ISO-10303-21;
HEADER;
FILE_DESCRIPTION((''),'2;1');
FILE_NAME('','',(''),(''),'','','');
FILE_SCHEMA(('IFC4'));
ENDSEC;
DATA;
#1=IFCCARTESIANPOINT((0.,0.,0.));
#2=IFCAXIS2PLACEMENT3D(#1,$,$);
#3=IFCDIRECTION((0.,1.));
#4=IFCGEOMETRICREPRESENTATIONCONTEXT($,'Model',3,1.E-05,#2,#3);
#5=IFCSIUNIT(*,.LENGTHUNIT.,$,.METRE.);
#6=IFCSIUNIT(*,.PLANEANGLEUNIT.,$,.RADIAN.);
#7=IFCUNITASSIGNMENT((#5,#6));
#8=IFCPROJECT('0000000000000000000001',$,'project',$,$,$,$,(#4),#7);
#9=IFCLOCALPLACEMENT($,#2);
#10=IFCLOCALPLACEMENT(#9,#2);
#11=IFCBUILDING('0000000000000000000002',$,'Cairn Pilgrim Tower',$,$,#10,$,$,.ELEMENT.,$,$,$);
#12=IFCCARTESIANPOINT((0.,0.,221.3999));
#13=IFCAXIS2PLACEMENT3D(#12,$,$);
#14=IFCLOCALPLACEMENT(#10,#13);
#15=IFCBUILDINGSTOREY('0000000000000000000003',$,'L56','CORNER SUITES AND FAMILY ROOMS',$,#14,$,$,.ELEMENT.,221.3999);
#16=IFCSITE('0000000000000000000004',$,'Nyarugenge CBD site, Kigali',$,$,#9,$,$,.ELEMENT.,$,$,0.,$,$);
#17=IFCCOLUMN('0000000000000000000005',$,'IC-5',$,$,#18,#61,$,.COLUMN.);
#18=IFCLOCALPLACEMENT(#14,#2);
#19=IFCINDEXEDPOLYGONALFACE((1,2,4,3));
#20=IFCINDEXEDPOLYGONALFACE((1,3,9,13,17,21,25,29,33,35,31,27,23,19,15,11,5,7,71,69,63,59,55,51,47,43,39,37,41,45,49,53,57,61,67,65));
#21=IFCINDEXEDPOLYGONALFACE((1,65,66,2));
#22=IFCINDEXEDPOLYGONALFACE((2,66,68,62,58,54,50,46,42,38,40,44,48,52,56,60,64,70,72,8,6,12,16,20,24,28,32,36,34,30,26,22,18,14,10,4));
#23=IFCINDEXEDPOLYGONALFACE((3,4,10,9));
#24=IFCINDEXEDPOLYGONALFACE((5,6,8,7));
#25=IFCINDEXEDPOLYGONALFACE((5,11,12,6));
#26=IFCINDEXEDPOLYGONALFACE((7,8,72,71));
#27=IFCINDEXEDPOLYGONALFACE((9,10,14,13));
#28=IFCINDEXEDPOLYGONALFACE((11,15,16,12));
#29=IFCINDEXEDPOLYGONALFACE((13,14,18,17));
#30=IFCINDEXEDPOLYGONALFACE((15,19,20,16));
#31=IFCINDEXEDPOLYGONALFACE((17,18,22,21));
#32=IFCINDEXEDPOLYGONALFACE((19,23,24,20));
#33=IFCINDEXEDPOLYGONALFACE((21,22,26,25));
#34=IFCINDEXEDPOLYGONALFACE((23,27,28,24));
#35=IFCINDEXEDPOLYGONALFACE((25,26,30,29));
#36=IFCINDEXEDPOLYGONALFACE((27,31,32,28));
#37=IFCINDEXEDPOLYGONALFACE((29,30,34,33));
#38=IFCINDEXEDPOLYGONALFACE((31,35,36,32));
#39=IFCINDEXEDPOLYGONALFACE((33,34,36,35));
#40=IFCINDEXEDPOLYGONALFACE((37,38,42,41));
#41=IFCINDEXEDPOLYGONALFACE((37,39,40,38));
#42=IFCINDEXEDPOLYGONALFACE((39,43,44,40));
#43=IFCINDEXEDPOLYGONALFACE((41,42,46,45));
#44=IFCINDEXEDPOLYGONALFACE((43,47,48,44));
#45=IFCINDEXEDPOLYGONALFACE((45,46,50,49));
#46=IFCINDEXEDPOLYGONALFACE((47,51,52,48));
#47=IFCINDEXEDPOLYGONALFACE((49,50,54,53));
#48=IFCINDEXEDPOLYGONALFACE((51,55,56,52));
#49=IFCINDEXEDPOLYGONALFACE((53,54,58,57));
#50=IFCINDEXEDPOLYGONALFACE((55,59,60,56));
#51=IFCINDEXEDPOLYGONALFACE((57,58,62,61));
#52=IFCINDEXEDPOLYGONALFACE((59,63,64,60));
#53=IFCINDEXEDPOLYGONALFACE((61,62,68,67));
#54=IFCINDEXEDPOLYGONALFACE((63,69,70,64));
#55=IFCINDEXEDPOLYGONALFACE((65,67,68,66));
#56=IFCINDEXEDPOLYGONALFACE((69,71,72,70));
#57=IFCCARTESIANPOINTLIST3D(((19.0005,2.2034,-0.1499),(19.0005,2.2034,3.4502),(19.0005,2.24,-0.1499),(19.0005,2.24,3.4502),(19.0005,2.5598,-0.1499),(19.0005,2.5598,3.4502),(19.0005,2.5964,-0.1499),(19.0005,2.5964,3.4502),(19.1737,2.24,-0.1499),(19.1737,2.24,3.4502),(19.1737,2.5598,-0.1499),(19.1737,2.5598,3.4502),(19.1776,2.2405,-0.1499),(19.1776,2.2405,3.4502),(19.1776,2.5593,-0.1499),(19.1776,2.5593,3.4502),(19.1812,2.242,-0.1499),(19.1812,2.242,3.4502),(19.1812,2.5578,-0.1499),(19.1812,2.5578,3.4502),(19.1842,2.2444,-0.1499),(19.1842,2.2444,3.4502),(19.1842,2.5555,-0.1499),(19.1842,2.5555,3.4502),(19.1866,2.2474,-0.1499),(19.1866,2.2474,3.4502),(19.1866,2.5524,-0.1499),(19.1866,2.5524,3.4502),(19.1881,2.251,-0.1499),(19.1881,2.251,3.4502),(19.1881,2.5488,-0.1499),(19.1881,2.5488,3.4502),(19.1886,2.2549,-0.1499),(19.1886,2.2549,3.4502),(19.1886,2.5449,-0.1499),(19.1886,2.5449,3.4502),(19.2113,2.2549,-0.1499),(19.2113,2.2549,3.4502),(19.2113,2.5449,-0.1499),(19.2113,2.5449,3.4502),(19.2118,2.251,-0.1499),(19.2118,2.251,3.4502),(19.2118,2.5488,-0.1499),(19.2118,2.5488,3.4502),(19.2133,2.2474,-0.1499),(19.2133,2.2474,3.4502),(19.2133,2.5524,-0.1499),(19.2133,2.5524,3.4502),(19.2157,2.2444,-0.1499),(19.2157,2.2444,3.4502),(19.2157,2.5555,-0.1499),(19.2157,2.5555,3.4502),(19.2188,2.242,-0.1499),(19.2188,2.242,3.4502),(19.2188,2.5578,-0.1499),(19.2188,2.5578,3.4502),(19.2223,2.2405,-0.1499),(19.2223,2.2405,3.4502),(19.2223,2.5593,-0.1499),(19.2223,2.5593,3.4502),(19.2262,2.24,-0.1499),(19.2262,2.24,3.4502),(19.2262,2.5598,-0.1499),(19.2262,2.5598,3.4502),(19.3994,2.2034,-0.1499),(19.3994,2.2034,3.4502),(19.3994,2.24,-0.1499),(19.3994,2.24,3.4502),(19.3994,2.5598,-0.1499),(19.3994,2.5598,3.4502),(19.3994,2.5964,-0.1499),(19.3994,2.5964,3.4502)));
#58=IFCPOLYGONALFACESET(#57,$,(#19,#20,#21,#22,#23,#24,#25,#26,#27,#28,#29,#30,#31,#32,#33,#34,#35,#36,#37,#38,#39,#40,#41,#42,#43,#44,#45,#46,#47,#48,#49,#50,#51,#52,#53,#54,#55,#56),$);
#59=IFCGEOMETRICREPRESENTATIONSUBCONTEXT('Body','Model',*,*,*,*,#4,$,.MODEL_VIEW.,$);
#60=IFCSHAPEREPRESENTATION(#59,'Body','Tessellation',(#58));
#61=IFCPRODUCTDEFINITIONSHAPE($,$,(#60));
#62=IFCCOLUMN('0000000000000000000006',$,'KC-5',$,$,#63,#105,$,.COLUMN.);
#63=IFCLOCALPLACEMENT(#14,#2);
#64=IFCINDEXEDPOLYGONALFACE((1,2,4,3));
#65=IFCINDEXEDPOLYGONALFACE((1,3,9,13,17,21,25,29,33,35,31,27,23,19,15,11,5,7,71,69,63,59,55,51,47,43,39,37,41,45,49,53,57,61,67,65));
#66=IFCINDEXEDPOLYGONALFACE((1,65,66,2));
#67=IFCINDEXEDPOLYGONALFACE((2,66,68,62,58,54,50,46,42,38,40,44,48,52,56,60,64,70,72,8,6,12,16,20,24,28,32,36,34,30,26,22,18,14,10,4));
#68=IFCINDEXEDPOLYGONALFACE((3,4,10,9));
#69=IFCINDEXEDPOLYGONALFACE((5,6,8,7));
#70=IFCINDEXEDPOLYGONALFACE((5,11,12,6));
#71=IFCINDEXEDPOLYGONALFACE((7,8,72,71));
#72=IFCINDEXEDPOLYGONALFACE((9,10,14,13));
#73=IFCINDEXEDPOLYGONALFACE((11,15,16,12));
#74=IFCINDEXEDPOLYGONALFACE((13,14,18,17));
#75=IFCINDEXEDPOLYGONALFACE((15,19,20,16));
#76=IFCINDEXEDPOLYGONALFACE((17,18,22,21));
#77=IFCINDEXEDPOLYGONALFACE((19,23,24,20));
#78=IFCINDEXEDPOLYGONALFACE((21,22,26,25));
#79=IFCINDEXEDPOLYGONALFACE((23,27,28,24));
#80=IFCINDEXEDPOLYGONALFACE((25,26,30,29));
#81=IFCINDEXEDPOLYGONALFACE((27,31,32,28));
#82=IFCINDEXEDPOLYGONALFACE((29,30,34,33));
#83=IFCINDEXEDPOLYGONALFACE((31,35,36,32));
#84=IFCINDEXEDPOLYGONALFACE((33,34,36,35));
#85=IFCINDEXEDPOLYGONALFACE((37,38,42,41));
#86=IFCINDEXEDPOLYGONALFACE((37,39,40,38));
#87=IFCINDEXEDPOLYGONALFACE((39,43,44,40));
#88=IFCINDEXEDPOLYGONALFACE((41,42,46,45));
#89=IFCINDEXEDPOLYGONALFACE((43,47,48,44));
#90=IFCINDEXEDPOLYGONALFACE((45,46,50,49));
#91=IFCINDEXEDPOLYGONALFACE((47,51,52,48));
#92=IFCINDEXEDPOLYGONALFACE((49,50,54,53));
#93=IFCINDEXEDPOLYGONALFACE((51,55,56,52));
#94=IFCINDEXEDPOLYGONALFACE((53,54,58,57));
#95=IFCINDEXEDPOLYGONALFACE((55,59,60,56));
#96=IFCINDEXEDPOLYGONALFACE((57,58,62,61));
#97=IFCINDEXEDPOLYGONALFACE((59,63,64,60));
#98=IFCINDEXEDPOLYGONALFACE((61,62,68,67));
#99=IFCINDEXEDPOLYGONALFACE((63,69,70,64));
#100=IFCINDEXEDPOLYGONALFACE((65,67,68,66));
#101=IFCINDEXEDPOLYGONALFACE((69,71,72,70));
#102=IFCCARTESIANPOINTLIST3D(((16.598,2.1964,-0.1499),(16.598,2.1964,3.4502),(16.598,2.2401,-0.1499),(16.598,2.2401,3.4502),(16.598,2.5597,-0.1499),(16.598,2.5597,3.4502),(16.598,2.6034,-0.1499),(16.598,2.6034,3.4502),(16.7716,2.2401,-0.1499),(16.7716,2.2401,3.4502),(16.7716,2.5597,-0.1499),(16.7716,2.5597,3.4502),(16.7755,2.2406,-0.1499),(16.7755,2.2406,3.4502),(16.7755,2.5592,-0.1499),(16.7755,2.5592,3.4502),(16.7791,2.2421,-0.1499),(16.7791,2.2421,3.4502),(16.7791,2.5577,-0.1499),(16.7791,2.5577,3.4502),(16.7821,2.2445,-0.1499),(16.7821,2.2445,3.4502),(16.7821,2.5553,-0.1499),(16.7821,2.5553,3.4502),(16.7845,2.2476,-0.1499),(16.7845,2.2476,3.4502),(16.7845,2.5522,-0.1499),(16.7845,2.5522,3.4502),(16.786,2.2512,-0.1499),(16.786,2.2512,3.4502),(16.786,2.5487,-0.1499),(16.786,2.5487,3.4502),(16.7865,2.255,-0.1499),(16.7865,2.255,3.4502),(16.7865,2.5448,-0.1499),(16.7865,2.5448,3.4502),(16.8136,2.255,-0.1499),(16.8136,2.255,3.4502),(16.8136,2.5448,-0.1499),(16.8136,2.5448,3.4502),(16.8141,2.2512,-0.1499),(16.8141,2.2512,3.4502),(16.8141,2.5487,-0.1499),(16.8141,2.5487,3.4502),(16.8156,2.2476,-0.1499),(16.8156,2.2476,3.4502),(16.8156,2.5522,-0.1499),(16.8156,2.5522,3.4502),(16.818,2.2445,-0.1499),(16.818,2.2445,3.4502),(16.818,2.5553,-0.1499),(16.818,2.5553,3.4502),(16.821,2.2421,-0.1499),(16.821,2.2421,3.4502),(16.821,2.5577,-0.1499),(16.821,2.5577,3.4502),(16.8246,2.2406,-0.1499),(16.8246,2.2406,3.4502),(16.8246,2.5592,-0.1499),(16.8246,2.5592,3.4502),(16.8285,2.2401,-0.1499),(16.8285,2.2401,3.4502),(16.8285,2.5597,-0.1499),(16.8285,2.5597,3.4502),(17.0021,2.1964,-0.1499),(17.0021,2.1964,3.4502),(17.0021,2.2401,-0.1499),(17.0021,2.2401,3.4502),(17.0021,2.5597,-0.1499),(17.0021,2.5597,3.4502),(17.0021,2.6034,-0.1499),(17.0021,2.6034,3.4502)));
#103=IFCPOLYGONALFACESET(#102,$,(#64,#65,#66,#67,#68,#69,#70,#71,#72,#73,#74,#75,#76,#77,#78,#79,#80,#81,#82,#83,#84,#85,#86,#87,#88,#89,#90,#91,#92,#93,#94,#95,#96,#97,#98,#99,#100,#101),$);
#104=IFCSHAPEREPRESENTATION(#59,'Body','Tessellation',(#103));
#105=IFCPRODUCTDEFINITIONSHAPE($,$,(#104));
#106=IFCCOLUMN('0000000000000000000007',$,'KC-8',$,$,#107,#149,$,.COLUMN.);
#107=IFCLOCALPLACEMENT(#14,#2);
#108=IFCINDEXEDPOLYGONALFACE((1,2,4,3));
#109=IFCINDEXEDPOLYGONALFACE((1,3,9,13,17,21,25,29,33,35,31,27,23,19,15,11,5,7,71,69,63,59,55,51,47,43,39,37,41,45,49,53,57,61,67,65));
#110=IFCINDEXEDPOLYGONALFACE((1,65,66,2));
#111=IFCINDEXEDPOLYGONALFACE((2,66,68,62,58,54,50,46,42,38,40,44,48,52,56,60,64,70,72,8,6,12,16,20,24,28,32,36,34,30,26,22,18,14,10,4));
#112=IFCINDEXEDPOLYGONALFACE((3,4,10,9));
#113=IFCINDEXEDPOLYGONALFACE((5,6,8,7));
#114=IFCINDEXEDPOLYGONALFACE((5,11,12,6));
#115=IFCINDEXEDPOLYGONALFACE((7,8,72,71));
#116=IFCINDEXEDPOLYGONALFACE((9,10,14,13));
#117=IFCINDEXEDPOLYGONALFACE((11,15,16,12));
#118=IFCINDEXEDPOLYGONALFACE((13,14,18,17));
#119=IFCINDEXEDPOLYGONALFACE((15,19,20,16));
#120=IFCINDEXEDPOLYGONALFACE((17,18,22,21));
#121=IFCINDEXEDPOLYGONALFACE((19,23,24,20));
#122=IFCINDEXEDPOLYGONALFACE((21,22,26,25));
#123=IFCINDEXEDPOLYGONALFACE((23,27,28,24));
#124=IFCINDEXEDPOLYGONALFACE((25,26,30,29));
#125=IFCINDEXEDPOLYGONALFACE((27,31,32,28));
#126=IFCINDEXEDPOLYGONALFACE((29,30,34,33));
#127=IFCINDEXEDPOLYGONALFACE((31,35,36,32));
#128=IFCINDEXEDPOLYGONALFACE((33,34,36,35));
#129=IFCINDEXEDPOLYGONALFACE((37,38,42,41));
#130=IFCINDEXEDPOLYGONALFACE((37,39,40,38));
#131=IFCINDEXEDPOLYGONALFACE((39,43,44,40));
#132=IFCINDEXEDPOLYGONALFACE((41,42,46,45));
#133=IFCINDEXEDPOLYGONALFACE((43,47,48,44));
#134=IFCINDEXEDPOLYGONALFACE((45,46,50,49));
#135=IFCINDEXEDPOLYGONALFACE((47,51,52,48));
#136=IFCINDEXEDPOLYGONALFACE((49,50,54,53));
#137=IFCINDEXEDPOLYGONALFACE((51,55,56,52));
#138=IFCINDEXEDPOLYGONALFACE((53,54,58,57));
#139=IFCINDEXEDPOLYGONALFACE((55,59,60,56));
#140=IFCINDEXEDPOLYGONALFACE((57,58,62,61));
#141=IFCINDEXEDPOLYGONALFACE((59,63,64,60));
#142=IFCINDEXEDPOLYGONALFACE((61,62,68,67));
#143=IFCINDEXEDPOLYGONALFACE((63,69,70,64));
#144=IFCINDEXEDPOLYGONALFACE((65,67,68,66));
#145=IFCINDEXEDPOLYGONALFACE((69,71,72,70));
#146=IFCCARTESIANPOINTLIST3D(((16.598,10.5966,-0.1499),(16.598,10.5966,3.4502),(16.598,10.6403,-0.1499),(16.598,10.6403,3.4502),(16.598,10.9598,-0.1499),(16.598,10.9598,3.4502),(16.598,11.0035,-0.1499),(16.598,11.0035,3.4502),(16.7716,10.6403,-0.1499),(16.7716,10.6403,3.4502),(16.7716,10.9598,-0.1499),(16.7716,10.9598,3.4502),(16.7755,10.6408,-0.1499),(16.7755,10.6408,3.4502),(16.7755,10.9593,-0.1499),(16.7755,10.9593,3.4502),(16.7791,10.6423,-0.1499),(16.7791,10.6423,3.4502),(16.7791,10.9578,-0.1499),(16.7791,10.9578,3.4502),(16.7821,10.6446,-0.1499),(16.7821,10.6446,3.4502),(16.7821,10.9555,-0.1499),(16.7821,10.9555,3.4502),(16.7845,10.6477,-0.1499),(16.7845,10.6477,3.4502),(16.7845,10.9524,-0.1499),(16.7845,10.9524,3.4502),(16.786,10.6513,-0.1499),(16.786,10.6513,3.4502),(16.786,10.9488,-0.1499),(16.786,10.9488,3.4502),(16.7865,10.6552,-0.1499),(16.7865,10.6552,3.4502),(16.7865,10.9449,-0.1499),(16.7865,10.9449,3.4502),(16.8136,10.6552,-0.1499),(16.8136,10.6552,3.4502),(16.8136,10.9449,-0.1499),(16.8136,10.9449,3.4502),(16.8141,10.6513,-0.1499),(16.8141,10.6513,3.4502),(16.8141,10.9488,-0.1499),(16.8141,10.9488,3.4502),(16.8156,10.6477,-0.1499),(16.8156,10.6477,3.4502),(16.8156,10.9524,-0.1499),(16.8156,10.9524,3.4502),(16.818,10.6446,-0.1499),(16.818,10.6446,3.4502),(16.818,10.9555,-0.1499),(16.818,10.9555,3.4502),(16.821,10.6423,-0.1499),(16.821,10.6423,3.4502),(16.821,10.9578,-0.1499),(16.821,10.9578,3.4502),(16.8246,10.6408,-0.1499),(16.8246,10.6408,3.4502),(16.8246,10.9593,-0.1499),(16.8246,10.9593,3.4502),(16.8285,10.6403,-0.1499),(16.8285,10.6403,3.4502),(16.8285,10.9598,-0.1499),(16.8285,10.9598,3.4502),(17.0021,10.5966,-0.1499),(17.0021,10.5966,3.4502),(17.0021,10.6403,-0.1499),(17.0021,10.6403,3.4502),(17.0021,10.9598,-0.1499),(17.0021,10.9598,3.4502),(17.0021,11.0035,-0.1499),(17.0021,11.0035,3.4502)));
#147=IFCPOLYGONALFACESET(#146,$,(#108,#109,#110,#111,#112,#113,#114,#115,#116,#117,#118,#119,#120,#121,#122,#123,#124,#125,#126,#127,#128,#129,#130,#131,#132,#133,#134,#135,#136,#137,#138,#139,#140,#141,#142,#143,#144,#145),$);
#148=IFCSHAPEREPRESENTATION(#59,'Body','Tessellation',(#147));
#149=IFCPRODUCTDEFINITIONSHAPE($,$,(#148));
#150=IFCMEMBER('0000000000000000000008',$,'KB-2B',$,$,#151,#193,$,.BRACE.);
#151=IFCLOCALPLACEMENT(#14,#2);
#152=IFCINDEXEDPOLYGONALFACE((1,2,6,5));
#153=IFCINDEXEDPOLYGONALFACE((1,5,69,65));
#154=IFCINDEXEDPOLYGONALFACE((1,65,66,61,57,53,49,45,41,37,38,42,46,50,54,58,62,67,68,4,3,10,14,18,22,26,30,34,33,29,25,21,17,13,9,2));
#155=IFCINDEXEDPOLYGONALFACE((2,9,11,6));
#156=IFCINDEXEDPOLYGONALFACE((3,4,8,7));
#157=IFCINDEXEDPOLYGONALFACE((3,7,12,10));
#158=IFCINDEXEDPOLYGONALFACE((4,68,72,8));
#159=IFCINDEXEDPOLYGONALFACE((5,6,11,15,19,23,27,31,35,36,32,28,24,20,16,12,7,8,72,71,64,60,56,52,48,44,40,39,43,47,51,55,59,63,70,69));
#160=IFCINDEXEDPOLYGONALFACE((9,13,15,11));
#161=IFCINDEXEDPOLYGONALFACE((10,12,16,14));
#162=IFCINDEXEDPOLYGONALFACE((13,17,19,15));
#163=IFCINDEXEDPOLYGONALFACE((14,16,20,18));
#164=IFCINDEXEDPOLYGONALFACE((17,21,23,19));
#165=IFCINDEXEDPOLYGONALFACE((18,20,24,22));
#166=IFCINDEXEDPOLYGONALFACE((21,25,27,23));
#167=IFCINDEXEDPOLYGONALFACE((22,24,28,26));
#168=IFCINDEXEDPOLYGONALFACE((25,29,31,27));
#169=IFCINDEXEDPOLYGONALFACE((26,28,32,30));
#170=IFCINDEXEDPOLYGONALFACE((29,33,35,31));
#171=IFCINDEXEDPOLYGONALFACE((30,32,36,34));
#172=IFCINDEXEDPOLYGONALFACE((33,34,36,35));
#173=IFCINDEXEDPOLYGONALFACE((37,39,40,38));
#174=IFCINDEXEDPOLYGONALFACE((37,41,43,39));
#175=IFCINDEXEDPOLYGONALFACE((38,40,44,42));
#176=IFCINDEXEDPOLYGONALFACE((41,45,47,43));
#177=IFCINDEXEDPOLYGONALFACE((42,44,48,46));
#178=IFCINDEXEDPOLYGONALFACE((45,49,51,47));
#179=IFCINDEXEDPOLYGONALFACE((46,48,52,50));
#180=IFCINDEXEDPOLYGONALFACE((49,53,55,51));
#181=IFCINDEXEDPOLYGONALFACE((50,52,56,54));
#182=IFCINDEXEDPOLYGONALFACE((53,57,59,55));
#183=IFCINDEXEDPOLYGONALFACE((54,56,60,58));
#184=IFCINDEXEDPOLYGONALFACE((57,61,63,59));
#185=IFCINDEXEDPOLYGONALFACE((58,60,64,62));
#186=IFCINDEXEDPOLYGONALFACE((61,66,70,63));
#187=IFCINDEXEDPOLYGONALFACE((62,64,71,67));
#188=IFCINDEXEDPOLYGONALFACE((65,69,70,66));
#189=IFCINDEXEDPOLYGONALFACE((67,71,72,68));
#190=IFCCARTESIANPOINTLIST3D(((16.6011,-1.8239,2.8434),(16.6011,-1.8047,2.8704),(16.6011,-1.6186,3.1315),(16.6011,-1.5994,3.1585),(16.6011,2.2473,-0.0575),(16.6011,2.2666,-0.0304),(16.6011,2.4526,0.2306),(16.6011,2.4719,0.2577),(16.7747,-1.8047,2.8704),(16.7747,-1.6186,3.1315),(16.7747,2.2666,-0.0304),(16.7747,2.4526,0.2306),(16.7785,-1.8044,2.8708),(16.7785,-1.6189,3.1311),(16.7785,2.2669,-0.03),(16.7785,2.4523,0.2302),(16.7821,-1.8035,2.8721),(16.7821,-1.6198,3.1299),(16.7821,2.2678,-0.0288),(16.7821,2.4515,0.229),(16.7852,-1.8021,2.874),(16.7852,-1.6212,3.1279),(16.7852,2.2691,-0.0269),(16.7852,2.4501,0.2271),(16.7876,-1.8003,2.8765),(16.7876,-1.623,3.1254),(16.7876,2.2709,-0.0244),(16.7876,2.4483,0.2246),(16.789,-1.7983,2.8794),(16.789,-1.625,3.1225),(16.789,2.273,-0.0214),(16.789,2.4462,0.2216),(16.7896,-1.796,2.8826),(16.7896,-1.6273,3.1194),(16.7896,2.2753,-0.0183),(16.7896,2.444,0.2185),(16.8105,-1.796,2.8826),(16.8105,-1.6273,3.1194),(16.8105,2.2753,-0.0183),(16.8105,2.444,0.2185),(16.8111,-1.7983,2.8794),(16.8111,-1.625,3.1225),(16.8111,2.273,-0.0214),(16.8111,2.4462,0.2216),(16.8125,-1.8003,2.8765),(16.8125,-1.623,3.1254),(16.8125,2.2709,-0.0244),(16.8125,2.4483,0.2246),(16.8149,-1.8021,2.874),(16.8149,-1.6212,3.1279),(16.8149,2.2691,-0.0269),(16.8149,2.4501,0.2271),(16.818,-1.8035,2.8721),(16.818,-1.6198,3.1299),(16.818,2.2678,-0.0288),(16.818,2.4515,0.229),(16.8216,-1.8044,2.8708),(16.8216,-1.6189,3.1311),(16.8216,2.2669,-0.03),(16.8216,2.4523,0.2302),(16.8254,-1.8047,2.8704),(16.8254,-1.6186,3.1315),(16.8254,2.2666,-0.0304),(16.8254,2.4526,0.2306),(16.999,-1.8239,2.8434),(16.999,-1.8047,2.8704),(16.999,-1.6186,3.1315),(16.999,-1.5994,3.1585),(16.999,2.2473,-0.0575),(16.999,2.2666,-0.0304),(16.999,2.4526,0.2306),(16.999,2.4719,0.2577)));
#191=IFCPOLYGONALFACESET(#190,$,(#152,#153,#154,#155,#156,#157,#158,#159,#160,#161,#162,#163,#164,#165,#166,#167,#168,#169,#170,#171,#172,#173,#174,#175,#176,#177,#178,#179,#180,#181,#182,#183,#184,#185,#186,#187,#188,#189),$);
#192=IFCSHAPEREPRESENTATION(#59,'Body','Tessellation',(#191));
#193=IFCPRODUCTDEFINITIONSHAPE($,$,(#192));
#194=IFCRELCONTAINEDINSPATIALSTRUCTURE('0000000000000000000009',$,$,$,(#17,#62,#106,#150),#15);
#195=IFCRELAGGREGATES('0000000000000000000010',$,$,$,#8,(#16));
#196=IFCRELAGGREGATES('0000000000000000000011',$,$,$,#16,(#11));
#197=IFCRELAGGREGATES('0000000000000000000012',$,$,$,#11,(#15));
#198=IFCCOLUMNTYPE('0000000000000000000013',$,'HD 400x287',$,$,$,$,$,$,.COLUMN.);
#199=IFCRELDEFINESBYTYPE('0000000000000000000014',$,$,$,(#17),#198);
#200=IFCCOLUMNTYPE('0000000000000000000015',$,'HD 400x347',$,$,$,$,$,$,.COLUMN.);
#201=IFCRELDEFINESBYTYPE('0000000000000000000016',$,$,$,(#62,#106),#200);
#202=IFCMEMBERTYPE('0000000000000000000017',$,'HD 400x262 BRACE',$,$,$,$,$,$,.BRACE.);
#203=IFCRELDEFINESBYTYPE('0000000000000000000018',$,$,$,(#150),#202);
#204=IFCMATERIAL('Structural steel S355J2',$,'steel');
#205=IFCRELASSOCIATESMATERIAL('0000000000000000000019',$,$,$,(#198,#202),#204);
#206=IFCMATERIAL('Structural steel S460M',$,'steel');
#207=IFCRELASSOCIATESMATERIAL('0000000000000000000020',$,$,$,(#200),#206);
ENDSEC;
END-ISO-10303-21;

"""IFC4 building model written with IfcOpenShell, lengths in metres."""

from ifc_helpers import new_model, si_unit, direction, frame, origin, origin_2d, place, context, subcontext, project, spatial, i_section, extrude, material, material_profile, profile_set, type_object, element, save


model = new_model("IFC4")

# Units and contexts
model_context = context("Model", 3, precision=1e-05, world=origin(), true_north=direction((0.0, 1.0)))
body_context = subcontext(model_context, "Body", "Model", "MODEL_VIEW")
ifc_project = project(units=[si_unit("LENGTHUNIT", "METRE"), si_unit("PLANEANGLEUNIT", "RADIAN")], contexts=[model_context])

# Site, building, storey
site_placement = place(None, origin())
site = spatial("IfcSite", under=ifc_project, at=site_placement, Name="Nyarugenge CBD site, Kigali", CompositionType="ELEMENT", RefElevation=0.0)
building_placement = place(site_placement, origin())
building = spatial("IfcBuilding", under=site, at=building_placement, Name="Cairn Pilgrim Tower", CompositionType="ELEMENT")
storey_placement = place(building_placement, frame((0.0, 0.0, 221.3999)))
storey = spatial("IfcBuildingStorey", under=building, at=storey_placement, Name="L56", Description="CORNER SUITES AND FAMILY ROOMS", CompositionType="ELEMENT", Elevation=221.3999)

# Columns
ifc_material_1 = material(Name="Structural steel S355J2", Category="steel")
ifc_material_profile_1 = material_profile(ifc_material_1, i_section(OverallWidth=0.3989, OverallDepth=0.3931, WebThickness=0.0227, FlangeThickness=0.0366, FilletRadius=0.0149, at=origin_2d()), Name="HD 400x287")
ifc_profile_set_1 = profile_set([ifc_material_profile_1], Name="Structural steel S355J2")
column_type_1 = type_object("IfcColumnType", Name="HD 400x287", PredefinedType="COLUMN", material=ifc_profile_set_1)
column_placement = place(storey_placement, frame((19.2, 2.3999, -0.1499), z_axis=(0.0, 0.0, 1.0), x_axis=(1.0, 0.0, 0.0)))
element("IfcColumn", 1, at=column_placement, inside=storey, type_object=column_type_1, Name="IC-5", PredefinedType="COLUMN", context=body_context, shape_type="SweptSolid", body=[
    extrude(i_section(OverallWidth=0.3989, OverallDepth=0.3931, WebThickness=0.0227, FlangeThickness=0.0366, FilletRadius=0.0149, at=origin_2d()), origin(), (0.0, 0.0, 1.0), 3.6001),
])
ifc_material_2 = material(Name="Structural steel S460M", Category="steel")
ifc_material_profile_2 = material_profile(ifc_material_2, i_section(OverallWidth=0.4041, OverallDepth=0.407, WebThickness=0.0271, FlangeThickness=0.0437, FilletRadius=0.0149, at=origin_2d()), Name="HD 400x347")
ifc_profile_set_2 = profile_set([ifc_material_profile_2], Name="Structural steel S460M")
column_type_2 = type_object("IfcColumnType", Name="HD 400x347", PredefinedType="COLUMN", material=ifc_profile_set_2)
for number, where, z_axis, x_axis, name in (
    (2, (16.8, 2.3999, -0.1499), (0.0, 0.0, 1.0), (1.0, 0.0, 0.0), "KC-5"),
    (3, (16.8, 10.8, -0.1499), (0.0, 0.0, 1.0), (1.0, 0.0, 0.0), "KC-8"),
):
    element("IfcColumn", number, at=place(storey_placement, frame(where, z_axis=z_axis, x_axis=x_axis)), inside=storey, type_object=column_type_2, Name=name, PredefinedType="COLUMN", context=body_context, shape_type="SweptSolid", body=[
        extrude(i_section(OverallWidth=0.4041, OverallDepth=0.407, WebThickness=0.0271, FlangeThickness=0.0437, FilletRadius=0.0149, at=origin_2d()), origin(), (0.0, 0.0, 1.0), 3.6001),
    ])

# Member
ifc_material_profile_3 = material_profile(ifc_material_1, i_section(OverallWidth=0.3979, OverallDepth=0.387, WebThickness=0.021, FlangeThickness=0.0332, FilletRadius=0.0149, at=origin_2d()), Name="HD 400x262")
ifc_profile_set_3 = profile_set([ifc_material_profile_3], Name="Structural steel S355J2")
member_type = type_object("IfcMemberType", Name="HD 400x262 BRACE", PredefinedType="BRACE", material=ifc_profile_set_3)
member_1_placement = place(storey_placement, frame((16.8, 2.3596, 0.1001), z_axis=(0.0, -0.814413, 0.580286), x_axis=(1.0, 0.0, 0.0)))
element("IfcMember", 4, at=member_1_placement, inside=storey, type_object=member_type, Name="KB-2B", PredefinedType="BRACE", context=body_context, shape_type="SweptSolid", body=[
    extrude(i_section(OverallWidth=0.3979, OverallDepth=0.387, WebThickness=0.021, FlangeThickness=0.0332, FilletRadius=0.0149, at=origin_2d()), origin(), (0.0, 0.0, 1.0), 4.999),
])

save(model, "model.ifc")
